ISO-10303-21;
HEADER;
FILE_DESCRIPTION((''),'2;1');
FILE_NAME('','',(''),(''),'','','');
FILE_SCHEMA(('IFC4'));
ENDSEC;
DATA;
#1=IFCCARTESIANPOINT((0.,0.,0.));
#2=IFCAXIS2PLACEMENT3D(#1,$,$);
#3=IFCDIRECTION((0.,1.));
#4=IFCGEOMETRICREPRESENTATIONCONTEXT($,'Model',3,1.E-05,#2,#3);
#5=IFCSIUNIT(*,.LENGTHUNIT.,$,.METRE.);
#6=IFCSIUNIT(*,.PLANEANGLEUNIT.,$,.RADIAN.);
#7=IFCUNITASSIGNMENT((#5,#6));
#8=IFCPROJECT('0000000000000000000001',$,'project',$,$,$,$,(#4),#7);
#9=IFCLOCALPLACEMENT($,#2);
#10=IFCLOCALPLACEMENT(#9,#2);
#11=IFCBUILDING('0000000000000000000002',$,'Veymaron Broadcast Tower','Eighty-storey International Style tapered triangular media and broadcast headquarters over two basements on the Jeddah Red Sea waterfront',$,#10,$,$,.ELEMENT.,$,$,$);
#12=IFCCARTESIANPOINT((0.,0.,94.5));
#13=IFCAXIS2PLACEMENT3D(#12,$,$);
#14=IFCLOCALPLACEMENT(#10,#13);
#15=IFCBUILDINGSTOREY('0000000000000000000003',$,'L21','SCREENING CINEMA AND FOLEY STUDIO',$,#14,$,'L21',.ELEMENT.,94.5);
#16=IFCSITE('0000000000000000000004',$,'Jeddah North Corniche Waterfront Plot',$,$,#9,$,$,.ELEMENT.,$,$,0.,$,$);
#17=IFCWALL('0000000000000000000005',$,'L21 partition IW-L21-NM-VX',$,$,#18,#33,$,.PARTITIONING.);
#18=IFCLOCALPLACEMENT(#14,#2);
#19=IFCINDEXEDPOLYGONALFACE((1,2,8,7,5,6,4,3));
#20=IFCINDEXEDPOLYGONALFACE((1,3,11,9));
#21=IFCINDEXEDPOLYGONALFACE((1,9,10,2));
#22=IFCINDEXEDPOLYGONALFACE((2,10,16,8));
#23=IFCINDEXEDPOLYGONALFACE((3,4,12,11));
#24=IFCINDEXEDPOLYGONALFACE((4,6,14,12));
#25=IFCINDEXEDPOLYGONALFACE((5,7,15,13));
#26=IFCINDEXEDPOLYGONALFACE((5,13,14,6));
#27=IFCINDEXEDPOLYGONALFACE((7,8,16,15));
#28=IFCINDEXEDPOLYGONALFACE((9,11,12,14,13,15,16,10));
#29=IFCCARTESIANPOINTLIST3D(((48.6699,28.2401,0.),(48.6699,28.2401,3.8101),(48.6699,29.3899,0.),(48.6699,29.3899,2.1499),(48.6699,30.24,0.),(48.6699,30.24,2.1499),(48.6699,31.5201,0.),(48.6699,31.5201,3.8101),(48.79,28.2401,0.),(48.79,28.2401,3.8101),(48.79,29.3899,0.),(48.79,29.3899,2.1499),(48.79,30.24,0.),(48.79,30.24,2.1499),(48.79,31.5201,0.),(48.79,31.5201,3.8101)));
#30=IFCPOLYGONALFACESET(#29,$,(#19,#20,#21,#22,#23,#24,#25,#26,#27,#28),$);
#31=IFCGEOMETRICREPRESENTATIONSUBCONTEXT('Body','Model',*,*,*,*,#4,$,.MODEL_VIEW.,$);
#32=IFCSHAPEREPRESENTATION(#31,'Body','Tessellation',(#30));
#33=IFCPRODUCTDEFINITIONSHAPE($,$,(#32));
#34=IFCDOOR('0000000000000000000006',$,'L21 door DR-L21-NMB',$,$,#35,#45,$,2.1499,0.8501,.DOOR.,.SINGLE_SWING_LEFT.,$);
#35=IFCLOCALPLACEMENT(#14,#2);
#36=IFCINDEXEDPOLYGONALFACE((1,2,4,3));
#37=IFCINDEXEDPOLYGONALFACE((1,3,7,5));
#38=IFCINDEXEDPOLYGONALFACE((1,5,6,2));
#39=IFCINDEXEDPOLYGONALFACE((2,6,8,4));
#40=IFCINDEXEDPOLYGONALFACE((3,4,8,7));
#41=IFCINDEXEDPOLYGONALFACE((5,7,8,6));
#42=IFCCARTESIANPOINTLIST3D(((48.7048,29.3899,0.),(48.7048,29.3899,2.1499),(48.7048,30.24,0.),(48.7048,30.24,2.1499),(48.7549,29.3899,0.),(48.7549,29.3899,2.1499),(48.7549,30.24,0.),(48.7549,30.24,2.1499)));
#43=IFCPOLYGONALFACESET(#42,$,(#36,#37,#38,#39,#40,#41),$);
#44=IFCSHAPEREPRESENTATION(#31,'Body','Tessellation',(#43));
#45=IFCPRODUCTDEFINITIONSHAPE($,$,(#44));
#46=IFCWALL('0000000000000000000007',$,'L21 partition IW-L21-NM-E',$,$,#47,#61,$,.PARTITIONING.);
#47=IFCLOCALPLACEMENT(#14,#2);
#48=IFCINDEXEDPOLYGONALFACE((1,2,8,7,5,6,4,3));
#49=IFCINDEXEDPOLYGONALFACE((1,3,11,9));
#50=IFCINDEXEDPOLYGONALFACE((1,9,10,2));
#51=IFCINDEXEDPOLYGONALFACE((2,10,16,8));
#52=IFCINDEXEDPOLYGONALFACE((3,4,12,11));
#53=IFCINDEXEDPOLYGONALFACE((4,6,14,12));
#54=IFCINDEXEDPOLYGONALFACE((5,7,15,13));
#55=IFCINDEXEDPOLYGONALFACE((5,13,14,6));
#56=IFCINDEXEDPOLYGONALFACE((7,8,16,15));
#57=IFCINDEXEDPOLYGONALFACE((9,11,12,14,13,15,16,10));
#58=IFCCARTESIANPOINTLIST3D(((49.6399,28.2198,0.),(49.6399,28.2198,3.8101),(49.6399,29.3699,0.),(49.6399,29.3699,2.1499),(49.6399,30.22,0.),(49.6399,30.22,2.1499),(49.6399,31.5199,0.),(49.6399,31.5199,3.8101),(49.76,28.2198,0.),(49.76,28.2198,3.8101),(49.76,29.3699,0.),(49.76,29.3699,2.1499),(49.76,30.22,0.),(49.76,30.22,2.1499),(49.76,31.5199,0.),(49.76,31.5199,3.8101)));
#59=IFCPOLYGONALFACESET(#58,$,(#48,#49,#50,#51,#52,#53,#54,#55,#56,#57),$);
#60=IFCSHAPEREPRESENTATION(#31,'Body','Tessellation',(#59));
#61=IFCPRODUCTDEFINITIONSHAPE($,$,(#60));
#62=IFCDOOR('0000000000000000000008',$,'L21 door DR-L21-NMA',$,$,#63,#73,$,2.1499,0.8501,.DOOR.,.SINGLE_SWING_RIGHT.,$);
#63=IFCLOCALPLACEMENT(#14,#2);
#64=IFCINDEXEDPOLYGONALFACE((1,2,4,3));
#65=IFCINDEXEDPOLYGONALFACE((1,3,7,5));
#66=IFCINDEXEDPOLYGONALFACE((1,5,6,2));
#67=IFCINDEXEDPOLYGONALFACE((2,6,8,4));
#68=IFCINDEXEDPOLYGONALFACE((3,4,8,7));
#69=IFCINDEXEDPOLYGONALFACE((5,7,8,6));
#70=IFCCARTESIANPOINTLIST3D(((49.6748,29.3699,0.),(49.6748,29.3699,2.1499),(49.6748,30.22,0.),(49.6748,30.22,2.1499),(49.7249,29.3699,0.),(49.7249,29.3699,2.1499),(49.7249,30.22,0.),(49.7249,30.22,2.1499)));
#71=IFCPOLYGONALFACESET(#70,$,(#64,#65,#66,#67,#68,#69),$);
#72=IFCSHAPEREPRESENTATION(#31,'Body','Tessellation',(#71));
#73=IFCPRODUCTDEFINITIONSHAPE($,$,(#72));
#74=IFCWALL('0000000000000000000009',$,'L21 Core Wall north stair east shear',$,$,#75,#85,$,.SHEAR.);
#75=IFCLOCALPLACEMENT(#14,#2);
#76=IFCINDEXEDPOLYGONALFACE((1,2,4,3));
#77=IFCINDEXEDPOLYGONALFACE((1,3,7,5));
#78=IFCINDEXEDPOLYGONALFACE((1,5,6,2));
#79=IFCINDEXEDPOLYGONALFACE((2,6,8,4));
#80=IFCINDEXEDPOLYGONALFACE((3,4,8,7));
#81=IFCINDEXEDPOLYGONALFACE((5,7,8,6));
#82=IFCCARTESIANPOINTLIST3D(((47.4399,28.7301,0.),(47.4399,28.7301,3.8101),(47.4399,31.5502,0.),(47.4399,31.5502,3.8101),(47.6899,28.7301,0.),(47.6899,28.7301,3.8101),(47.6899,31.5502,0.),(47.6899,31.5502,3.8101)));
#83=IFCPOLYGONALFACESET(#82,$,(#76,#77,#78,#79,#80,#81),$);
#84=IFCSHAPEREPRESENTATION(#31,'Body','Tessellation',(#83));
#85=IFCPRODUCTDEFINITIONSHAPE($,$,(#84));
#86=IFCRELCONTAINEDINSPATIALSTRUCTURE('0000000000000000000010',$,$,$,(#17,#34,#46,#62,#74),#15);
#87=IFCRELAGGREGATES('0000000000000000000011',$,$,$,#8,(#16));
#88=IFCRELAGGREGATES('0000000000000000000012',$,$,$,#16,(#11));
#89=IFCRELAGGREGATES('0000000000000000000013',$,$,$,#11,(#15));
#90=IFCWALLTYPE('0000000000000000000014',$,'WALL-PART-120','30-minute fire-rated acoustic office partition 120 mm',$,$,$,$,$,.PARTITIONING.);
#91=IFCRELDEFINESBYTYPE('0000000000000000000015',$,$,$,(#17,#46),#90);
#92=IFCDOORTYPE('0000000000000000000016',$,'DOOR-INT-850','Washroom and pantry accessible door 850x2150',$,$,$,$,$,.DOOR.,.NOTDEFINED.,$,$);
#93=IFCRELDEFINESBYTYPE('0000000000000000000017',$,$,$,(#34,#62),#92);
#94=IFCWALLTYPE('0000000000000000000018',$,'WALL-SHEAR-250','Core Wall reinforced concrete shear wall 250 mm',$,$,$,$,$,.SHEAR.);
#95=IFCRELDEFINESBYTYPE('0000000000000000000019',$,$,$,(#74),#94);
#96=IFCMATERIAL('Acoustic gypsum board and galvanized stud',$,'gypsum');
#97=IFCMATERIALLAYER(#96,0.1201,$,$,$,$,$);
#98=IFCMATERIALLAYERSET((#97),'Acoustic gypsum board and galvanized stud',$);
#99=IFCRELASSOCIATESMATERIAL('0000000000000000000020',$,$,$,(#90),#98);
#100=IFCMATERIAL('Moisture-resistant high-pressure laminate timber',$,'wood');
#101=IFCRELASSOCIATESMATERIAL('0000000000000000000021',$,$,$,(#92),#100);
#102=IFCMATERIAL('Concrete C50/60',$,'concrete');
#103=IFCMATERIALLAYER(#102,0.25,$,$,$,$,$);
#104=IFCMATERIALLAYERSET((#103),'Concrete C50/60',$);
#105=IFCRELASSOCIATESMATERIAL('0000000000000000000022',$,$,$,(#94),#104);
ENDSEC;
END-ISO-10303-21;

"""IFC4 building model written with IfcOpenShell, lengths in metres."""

from ifc_helpers import new_model, si_unit, direction, frame, frame_2d, origin, place, context, subcontext, project, spatial, rectangle, extrude, material, layer, layer_set, type_object, element, fill, save


model = new_model("IFC4")

# Units and contexts
model_context = context("Model", 3, precision=1e-05, world=origin(), true_north=direction((0.0, 1.0)))
body_context = subcontext(model_context, "Body", "Model", "MODEL_VIEW")
ifc_project = project(units=[si_unit("LENGTHUNIT", "METRE"), si_unit("PLANEANGLEUNIT", "RADIAN")], contexts=[model_context])

# Site, building, storey
site_placement = place(None, origin())
site = spatial("IfcSite", under=ifc_project, at=site_placement, Name="Jeddah North Corniche Waterfront Plot", CompositionType="ELEMENT", RefElevation=0.0)
building_placement = place(site_placement, origin())
building = spatial("IfcBuilding", under=site, at=building_placement, Name="Veymaron Broadcast Tower", Description="Eighty-storey International Style tapered triangular media and broadcast headquarters over two basements on the Jeddah Red Sea waterfront", CompositionType="ELEMENT")
storey_placement = place(building_placement, frame((0.0, 0.0, 94.5)))
storey = spatial("IfcBuildingStorey", under=building, at=storey_placement, Name="L21", Description="SCREENING CINEMA AND FOLEY STUDIO", LongName="L21", CompositionType="ELEMENT", Elevation=94.5)

# Walls, openings, doors
ifc_material_1 = material(Name="Acoustic gypsum board and galvanized stud", Category="gypsum")
ifc_layer_1 = layer(ifc_material_1, 0.1201)
ifc_layer_set_1 = layer_set([ifc_layer_1], Name="Acoustic gypsum board and galvanized stud")
wall_type_1 = type_object("IfcWallType", Name="WALL-PART-120", Description="30-minute fire-rated acoustic office partition 120 mm", PredefinedType="PARTITIONING", material=ifc_layer_set_1)
wall_1_placement = place(storey_placement, frame((48.73, 28.24, 0.0), z_axis=(0.0, 0.0, 1.0), x_axis=(0.0, 1.0, 0.0)))
wall_1 = element("IfcWall", 1, at=wall_1_placement, inside=storey, type_object=wall_type_1, Name="L21 partition IW-L21-NM-VX", PredefinedType="PARTITIONING", context=body_context, shape_type="SweptSolid", body=[
    extrude(rectangle(XDim=3.28, YDim=0.1201, at=frame_2d((1.6401, 0.0))), origin(), (0.0, 0.0, 1.0), 3.8101),
])
opening_1_placement = place(wall_1_placement, frame((1.1499, 0.0, 0.0)))
opening_1 = element("IfcOpeningElement", 2, at=opening_1_placement, cuts=wall_1, PredefinedType="OPENING", context=body_context, shape_type="SweptSolid", body=[
    extrude(rectangle(XDim=0.8501, YDim=2.1499, at=frame_2d((0.425, 1.075))), frame((0.0, 0.0701, 0.0), z_axis=(0.0, -1.0, 0.0), x_axis=(1.0, 0.0, 0.0)), (0.0, 0.0, 1.0), 0.1401),
])
ifc_material_2 = material(Name="Moisture-resistant high-pressure laminate timber", Category="wood")
door_type_1 = type_object("IfcDoorType", Name="DOOR-INT-850", Description="Washroom and pantry accessible door 850x2150", OperationType="NOTDEFINED", PredefinedType="DOOR", material=ifc_material_2)
door_1_placement = place(opening_1_placement, frame((0.8501, 0.0, 0.0), z_axis=(0.0, 0.0, 1.0), x_axis=(-1.0, 0.0, 0.0)))
door_1 = element("IfcDoor", 3, at=door_1_placement, inside=storey, type_object=door_type_1, Name="L21 door DR-L21-NMB", OperationType="SINGLE_SWING_LEFT", OverallHeight=2.1499, OverallWidth=0.8501, PredefinedType="DOOR", context=body_context, shape_type="SweptSolid", body=[
    extrude(rectangle(XDim=0.8501, YDim=2.1499, at=frame_2d((0.425, 1.075))), frame((0.0, 0.0249, 0.0), z_axis=(0.0, -1.0, 0.0), x_axis=(1.0, 0.0, 0.0)), (0.0, 0.0, 1.0), 0.05),
])
fill(opening_1, door_1)
wall_2_placement = place(storey_placement, frame((49.7, 28.22, 0.0), z_axis=(0.0, 0.0, 1.0), x_axis=(0.0, 1.0, 0.0)))
wall_2 = element("IfcWall", 4, at=wall_2_placement, inside=storey, type_object=wall_type_1, Name="L21 partition IW-L21-NM-E", PredefinedType="PARTITIONING", context=body_context, shape_type="SweptSolid", body=[
    extrude(rectangle(XDim=3.3, YDim=0.1201, at=frame_2d((1.6499, 0.0))), origin(), (0.0, 0.0, 1.0), 3.8101),
])
opening_2_placement = place(wall_2_placement, frame((1.1499, 0.0, 0.0)))
opening_2 = element("IfcOpeningElement", 5, at=opening_2_placement, cuts=wall_2, PredefinedType="OPENING", context=body_context, shape_type="SweptSolid", body=[
    extrude(rectangle(XDim=0.8501, YDim=2.1499, at=frame_2d((0.425, 1.075))), frame((0.0, 0.0701, 0.0), z_axis=(0.0, -1.0, 0.0), x_axis=(1.0, 0.0, 0.0)), (0.0, 0.0, 1.0), 0.1401),
])
door_2_placement = place(opening_2_placement, frame((0.8501, 0.0, 0.0), z_axis=(0.0, 0.0, 1.0), x_axis=(-1.0, 0.0, 0.0)))
door_2 = element("IfcDoor", 6, at=door_2_placement, inside=storey, type_object=door_type_1, Name="L21 door DR-L21-NMA", OperationType="SINGLE_SWING_RIGHT", OverallHeight=2.1499, OverallWidth=0.8501, PredefinedType="DOOR", context=body_context, shape_type="SweptSolid", body=[
    extrude(rectangle(XDim=0.8501, YDim=2.1499, at=frame_2d((0.425, 1.075))), frame((0.0, 0.0249, 0.0), z_axis=(0.0, -1.0, 0.0), x_axis=(1.0, 0.0, 0.0)), (0.0, 0.0, 1.0), 0.05),
])
fill(opening_2, door_2)

# Wall
ifc_material_3 = material(Name="Concrete C50/60", Category="concrete")
ifc_layer_2 = layer(ifc_material_3, 0.25)
ifc_layer_set_2 = layer_set([ifc_layer_2], Name="Concrete C50/60")
wall_type_2 = type_object("IfcWallType", Name="WALL-SHEAR-250", Description="Core Wall reinforced concrete shear wall 250 mm", PredefinedType="SHEAR", material=ifc_layer_set_2)
wall_3_placement = place(storey_placement, frame((47.5649, 28.73, 0.0), z_axis=(0.0, 0.0, 1.0), x_axis=(0.0, 1.0, 0.0)))
element("IfcWall", 7, at=wall_3_placement, inside=storey, type_object=wall_type_2, Name="L21 Core Wall north stair east shear", PredefinedType="SHEAR", context=body_context, shape_type="SweptSolid", body=[
    extrude(rectangle(XDim=2.8201, YDim=0.25, at=frame_2d((1.4102, 0.0))), origin(), (0.0, 0.0, 1.0), 3.8101),
])

save(model, "model.ifc")
